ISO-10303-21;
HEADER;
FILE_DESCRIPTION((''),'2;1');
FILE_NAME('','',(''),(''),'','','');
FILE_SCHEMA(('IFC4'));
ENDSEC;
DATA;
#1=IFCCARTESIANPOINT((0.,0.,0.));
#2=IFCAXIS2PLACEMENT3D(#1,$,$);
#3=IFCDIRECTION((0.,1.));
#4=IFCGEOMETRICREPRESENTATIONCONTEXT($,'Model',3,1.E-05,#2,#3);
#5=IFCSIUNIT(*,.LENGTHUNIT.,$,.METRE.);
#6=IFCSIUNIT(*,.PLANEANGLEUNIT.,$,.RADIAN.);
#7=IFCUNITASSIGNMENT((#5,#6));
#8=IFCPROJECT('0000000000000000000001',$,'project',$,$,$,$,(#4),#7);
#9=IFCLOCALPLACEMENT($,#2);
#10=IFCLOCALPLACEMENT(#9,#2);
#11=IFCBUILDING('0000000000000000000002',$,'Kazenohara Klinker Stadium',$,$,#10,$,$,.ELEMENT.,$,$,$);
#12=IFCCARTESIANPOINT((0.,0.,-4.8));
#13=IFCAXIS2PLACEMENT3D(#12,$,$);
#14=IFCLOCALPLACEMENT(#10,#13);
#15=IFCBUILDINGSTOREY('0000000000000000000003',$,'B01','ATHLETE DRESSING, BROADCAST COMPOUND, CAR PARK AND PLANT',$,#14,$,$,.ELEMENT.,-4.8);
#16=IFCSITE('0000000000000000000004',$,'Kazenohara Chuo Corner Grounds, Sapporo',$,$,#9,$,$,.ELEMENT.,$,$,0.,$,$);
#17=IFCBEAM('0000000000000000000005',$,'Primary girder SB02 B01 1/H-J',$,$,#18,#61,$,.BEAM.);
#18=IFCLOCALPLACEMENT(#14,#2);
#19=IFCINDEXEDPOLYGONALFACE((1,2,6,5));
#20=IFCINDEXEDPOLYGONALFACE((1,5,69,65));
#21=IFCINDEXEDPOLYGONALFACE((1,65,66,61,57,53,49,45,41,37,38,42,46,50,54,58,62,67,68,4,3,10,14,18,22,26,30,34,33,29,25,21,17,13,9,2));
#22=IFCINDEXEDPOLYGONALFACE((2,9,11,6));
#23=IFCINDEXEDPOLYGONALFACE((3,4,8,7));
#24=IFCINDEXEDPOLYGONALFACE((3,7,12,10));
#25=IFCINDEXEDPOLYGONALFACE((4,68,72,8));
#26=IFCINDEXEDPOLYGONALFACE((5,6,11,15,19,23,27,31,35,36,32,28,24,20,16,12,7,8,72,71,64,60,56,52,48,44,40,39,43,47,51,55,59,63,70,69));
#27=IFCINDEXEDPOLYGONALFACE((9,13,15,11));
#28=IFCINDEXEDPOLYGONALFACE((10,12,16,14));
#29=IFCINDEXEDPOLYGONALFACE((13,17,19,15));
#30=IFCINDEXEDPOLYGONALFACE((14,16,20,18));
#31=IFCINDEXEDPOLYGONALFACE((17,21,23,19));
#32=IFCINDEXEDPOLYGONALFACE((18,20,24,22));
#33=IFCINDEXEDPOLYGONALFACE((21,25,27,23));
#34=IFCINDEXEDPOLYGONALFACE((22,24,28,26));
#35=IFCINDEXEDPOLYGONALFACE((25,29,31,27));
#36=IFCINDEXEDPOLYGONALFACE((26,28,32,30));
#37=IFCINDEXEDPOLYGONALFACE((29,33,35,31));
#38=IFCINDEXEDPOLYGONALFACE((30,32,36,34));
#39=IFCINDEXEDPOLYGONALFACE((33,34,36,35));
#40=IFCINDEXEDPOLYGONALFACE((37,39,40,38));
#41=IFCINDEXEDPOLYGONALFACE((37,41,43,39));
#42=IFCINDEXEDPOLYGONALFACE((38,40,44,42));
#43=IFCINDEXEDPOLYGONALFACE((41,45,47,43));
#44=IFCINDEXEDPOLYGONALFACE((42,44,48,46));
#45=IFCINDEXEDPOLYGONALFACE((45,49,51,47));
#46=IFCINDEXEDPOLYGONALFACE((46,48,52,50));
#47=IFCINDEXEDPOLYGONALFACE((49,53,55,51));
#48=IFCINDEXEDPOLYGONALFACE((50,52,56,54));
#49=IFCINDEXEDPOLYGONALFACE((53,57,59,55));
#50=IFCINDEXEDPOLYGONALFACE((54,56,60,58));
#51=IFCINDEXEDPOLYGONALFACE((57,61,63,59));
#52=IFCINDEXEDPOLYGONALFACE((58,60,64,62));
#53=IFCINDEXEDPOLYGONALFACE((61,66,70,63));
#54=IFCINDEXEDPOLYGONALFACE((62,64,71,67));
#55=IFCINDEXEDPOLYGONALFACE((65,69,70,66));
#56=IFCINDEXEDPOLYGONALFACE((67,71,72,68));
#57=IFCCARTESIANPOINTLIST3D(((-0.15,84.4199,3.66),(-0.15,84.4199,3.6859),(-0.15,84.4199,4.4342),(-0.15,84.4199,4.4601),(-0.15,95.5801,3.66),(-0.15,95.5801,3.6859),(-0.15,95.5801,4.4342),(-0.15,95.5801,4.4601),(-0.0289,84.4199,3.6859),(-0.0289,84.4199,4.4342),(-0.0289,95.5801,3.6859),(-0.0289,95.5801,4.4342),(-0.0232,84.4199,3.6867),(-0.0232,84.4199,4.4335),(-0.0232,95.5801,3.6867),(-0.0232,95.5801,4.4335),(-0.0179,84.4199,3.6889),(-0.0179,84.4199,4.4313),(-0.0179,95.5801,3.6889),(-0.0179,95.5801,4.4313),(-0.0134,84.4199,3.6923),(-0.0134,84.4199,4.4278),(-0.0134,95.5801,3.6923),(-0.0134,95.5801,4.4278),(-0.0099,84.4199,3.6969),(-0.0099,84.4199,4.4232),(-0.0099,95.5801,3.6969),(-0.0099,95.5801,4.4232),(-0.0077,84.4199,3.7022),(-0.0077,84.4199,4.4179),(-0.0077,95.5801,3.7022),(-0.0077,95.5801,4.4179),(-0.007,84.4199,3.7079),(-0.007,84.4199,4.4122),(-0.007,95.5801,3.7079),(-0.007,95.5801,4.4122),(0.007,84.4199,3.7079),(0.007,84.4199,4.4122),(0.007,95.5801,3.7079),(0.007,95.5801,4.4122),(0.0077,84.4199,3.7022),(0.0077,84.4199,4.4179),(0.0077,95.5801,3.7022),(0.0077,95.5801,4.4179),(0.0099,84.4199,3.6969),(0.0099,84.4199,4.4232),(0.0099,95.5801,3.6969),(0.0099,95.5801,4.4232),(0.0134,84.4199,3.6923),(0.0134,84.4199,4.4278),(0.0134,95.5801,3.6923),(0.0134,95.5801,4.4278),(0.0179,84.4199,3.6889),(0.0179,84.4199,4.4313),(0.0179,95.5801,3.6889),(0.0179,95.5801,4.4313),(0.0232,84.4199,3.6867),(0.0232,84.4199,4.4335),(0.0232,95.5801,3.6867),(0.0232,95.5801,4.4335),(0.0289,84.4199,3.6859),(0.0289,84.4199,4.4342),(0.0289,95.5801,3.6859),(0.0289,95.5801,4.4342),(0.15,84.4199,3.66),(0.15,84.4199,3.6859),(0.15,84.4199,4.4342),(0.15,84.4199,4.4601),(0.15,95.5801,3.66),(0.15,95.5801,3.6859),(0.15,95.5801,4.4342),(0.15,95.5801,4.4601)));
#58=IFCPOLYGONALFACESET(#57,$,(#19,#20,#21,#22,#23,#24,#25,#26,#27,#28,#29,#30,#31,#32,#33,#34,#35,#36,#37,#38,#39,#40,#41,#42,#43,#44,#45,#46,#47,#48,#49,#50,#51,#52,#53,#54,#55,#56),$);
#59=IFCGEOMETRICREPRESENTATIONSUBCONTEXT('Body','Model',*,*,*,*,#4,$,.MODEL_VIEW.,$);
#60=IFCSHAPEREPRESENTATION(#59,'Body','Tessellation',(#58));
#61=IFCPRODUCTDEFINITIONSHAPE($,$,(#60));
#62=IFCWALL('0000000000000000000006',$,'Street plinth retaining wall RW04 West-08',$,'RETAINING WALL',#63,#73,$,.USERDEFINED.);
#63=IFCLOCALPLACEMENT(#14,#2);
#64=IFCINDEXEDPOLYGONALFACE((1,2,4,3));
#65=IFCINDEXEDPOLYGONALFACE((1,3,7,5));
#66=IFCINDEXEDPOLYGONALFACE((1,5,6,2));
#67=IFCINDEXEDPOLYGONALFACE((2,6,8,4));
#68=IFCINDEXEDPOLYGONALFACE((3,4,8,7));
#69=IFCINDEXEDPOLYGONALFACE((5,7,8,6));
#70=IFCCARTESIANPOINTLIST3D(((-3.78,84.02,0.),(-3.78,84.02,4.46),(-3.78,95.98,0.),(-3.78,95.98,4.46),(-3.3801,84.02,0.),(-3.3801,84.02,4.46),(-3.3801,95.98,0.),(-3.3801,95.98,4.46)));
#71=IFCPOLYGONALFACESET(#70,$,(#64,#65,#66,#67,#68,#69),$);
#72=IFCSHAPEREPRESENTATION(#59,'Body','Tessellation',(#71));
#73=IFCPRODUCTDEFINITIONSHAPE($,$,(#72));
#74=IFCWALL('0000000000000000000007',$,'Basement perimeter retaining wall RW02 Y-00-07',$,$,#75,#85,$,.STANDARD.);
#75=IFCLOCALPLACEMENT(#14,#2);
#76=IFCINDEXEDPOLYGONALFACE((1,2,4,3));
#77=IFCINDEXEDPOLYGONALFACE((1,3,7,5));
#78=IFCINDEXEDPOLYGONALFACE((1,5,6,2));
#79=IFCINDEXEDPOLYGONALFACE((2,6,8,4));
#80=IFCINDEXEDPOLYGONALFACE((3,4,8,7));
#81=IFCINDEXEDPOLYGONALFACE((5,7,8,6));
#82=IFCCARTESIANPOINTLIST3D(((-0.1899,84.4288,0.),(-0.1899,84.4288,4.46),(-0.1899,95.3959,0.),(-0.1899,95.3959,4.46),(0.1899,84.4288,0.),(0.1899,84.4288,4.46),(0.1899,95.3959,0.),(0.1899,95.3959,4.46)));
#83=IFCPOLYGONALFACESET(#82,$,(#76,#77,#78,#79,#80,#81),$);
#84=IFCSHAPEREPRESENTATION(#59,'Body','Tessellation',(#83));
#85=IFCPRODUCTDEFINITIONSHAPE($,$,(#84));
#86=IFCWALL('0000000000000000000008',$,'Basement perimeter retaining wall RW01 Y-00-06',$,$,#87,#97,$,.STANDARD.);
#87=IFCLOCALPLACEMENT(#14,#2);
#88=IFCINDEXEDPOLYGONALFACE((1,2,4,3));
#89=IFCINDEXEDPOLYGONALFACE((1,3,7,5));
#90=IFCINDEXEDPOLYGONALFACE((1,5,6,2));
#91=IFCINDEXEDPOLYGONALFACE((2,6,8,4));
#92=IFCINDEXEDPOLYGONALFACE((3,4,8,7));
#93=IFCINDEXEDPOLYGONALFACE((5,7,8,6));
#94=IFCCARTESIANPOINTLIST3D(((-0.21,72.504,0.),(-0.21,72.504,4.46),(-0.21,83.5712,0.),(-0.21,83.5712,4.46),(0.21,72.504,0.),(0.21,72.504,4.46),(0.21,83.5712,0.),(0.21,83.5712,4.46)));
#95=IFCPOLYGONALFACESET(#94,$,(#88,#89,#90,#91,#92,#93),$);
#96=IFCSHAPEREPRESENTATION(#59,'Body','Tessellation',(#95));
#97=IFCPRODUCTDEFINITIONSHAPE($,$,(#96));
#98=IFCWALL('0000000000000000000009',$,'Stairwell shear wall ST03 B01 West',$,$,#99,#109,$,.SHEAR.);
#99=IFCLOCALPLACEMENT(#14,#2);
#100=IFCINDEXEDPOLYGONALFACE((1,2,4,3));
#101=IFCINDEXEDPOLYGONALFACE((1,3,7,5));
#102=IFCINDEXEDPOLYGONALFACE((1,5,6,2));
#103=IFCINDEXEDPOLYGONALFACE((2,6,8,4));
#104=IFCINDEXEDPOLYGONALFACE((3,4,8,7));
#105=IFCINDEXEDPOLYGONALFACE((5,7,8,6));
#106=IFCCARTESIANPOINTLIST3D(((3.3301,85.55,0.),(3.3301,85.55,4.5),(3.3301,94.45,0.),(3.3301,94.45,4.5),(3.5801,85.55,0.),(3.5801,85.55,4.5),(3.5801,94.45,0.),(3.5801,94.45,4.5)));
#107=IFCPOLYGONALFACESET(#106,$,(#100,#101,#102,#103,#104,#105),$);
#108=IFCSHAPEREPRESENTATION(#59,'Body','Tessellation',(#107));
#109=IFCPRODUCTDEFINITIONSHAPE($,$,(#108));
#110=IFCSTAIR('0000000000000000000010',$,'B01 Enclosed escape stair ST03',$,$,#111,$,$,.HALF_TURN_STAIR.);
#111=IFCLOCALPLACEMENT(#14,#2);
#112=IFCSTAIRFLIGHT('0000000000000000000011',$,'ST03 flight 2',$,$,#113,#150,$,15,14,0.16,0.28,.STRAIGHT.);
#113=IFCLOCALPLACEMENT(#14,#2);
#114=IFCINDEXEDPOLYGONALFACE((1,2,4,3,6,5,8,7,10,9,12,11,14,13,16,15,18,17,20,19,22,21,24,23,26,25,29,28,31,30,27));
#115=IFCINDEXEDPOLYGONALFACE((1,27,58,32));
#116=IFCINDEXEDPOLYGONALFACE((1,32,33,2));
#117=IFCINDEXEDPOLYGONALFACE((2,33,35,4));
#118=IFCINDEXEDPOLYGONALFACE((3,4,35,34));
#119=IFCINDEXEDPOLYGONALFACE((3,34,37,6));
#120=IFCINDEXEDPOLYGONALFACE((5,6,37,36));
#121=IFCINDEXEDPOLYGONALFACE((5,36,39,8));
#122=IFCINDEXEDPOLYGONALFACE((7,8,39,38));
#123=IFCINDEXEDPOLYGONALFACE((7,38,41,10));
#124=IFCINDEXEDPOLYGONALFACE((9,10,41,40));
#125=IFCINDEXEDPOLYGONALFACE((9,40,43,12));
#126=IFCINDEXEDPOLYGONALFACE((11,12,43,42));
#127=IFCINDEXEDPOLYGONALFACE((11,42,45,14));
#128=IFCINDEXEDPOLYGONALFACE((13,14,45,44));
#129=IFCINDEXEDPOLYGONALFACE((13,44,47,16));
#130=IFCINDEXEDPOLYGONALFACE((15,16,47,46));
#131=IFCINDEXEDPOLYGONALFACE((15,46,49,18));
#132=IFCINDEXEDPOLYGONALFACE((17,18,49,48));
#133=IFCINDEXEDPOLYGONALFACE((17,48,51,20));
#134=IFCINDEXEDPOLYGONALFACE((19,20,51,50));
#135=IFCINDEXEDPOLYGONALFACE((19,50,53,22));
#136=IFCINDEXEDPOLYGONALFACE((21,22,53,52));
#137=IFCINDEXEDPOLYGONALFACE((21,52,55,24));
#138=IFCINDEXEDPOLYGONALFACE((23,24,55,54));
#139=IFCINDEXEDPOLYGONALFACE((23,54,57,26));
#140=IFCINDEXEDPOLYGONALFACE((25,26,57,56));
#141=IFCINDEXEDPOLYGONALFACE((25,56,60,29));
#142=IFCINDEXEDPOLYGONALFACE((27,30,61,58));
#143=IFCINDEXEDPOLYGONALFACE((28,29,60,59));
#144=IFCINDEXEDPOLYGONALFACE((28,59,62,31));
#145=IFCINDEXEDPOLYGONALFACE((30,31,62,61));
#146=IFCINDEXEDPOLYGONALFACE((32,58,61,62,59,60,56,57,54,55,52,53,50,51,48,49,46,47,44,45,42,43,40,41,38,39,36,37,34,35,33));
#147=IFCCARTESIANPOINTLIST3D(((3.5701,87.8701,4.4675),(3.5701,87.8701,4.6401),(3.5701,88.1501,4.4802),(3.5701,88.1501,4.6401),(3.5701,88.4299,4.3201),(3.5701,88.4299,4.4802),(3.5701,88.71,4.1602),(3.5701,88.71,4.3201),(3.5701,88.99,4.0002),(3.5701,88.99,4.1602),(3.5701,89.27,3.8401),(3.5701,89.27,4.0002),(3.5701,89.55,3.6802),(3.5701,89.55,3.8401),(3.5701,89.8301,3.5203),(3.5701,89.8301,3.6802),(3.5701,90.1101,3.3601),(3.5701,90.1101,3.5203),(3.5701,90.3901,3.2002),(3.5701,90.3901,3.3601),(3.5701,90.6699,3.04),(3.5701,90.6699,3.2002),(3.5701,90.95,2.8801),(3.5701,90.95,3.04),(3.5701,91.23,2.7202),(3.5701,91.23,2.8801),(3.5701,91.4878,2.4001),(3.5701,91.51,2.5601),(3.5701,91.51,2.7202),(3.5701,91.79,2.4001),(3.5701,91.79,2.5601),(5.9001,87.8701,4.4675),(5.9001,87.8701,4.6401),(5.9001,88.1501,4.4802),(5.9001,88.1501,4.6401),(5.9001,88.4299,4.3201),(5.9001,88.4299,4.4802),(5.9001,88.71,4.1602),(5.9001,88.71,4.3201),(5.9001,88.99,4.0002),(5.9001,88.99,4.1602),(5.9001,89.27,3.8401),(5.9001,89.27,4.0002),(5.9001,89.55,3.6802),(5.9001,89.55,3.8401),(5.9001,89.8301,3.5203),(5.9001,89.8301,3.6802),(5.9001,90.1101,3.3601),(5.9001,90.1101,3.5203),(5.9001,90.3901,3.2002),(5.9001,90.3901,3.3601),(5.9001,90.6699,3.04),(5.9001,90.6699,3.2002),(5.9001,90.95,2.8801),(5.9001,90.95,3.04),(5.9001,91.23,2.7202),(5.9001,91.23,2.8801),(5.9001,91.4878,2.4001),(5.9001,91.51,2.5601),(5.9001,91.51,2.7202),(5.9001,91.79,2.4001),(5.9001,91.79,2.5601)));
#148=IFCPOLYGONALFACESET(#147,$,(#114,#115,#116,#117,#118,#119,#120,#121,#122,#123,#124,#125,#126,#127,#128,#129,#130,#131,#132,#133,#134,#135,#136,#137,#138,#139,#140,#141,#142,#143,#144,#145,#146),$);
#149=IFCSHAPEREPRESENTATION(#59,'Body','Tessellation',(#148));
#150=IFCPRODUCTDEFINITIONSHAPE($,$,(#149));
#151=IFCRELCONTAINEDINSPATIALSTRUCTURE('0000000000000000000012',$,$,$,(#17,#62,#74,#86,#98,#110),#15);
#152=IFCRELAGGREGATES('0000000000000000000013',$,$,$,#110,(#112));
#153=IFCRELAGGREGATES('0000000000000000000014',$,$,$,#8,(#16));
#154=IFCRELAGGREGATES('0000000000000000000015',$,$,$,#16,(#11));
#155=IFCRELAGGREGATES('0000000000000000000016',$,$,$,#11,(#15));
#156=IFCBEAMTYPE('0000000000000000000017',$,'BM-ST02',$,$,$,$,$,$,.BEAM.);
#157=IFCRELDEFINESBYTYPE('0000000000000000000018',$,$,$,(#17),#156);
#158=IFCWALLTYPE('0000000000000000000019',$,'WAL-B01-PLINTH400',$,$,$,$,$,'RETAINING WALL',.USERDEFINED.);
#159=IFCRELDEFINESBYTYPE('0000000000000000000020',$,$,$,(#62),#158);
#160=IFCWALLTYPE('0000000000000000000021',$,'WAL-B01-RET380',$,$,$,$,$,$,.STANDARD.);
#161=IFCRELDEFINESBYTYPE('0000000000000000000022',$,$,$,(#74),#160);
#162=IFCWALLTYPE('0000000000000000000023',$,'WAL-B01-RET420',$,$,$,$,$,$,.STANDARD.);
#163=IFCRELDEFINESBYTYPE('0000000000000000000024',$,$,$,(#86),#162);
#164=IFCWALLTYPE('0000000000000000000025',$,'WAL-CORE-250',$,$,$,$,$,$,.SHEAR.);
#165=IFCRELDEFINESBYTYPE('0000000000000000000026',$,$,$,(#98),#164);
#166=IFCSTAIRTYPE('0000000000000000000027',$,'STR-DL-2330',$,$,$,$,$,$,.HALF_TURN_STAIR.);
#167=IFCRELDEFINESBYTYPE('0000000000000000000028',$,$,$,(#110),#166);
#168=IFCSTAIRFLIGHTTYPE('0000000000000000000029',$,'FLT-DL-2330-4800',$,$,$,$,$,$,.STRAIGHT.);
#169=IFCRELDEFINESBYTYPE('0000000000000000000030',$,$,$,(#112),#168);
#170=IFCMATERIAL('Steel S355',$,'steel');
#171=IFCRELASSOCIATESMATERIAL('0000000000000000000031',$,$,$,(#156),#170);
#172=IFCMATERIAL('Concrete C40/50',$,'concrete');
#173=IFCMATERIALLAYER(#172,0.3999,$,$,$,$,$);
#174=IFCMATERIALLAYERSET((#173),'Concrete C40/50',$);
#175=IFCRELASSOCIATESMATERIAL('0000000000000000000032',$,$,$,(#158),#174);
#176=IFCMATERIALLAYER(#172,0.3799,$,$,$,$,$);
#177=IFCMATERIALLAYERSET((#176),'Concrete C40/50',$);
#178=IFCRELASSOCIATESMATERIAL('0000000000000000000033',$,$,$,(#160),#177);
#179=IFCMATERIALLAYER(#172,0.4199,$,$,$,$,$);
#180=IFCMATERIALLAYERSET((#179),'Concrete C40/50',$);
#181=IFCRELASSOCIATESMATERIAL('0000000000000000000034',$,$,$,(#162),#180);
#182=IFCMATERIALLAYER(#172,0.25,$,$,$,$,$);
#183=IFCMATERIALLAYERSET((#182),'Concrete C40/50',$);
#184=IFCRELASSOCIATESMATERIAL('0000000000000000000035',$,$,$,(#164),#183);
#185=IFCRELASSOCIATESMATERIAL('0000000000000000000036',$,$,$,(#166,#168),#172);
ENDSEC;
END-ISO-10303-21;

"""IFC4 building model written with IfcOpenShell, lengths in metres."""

from ifc_helpers import new_model, si_unit, direction, frame, frame_2d, origin, origin_2d, place, context, subcontext, project, spatial, polyline, rectangle, i_section, outline, extrude, material, layer, layer_set, material_profile, profile_set, type_object, element, aggregate, save


model = new_model("IFC4")

# Units and contexts
model_context = context("Model", 3, precision=1e-05, world=origin(), true_north=direction((0.0, 1.0)))
body_context = subcontext(model_context, "Body", "Model", "MODEL_VIEW")
ifc_project = project(units=[si_unit("LENGTHUNIT", "METRE"), si_unit("PLANEANGLEUNIT", "RADIAN")], contexts=[model_context])

# Site, building, storey
site_placement = place(None, origin())
site = spatial("IfcSite", under=ifc_project, at=site_placement, Name="Kazenohara Chuo Corner Grounds, Sapporo", CompositionType="ELEMENT", RefElevation=0.0)
building_placement = place(site_placement, origin())
building = spatial("IfcBuilding", under=site, at=building_placement, Name="Kazenohara Klinker Stadium", CompositionType="ELEMENT")
storey_placement = place(building_placement, frame((0.0, 0.0, -4.8)))
storey = spatial("IfcBuildingStorey", under=building, at=storey_placement, Name="B01", Description="ATHLETE DRESSING, BROADCAST COMPOUND, CAR PARK AND PLANT", CompositionType="ELEMENT", Elevation=-4.8)

# Shared definitions
ifc_material_1 = material(Name="Concrete C40/50", Category="concrete")

# Beam
ifc_material_2 = material(Name="Steel S355", Category="steel")
ifc_material_profile_1 = material_profile(ifc_material_2, i_section(OverallWidth=0.3, OverallDepth=0.8, WebThickness=0.0139, FlangeThickness=0.0259, FilletRadius=0.022, at=origin_2d()), Name="H-800x300x14x26")
ifc_profile_set_1 = profile_set([ifc_material_profile_1], Name="Steel S355")
beam_type_1 = type_object("IfcBeamType", Name="BM-ST02", PredefinedType="BEAM", material=ifc_profile_set_1)
for number, where, z_axis, x_axis, name in (
    (1, (0.0, 84.4199, 4.0601), (0.0, 1.0, 0.0), (-1.0, 0.0, 0.0), "Primary girder SB02 B01 1/H-J"),
):
    element("IfcBeam", number, at=place(storey_placement, frame(where, z_axis=z_axis, x_axis=x_axis)), inside=storey, type_object=beam_type_1, Name=name, PredefinedType="BEAM", context=body_context, shape_type="SweptSolid", body=[
        extrude(i_section(OverallWidth=0.3, OverallDepth=0.8, WebThickness=0.0139, FlangeThickness=0.0259, FilletRadius=0.022, at=origin_2d()), origin(), (0.0, 0.0, 1.0), 11.1602),
    ])

# Walls
ifc_layer_1 = layer(ifc_material_1, 0.3999)
ifc_layer_set_1 = layer_set([ifc_layer_1], Name="Concrete C40/50")
wall_type_1 = type_object("IfcWallType", Name="WAL-B01-PLINTH400", ElementType="RETAINING WALL", PredefinedType="USERDEFINED", material=ifc_layer_set_1)
wall_1_placement = place(storey_placement, frame((-3.5801, 84.02, 0.0), z_axis=(0.0, 0.0, 1.0), x_axis=(0.0, 1.0, 0.0)))
element("IfcWall", 2, at=wall_1_placement, inside=storey, type_object=wall_type_1, Name="Street plinth retaining wall RW04 West-08", ObjectType="RETAINING WALL", PredefinedType="USERDEFINED", context=body_context, shape_type="SweptSolid", body=[
    extrude(rectangle(XDim=11.96, YDim=0.3999, at=frame_2d((5.98, 0.0))), origin(), (0.0, 0.0, 1.0), 4.46),
])
ifc_layer_2 = layer(ifc_material_1, 0.3799)
ifc_layer_set_2 = layer_set([ifc_layer_2], Name="Concrete C40/50")
wall_type_2 = type_object("IfcWallType", Name="WAL-B01-RET380", PredefinedType="STANDARD", material=ifc_layer_set_2)
wall_2_placement = place(storey_placement, frame((0.0, 84.429, 0.0), z_axis=(0.0, 0.0, 1.0), x_axis=(0.0, 1.0, 0.0)))
element("IfcWall", 3, at=wall_2_placement, inside=storey, type_object=wall_type_2, Name="Basement perimeter retaining wall RW02 Y-00-07", PredefinedType="STANDARD", context=body_context, shape_type="SweptSolid", body=[
    extrude(rectangle(XDim=10.967, YDim=0.3799, at=frame_2d((5.4834, 0.0))), origin(), (0.0, 0.0, 1.0), 4.46),
])
ifc_layer_3 = layer(ifc_material_1, 0.4199)
ifc_layer_set_3 = layer_set([ifc_layer_3], Name="Concrete C40/50")
wall_type_3 = type_object("IfcWallType", Name="WAL-B01-RET420", PredefinedType="STANDARD", material=ifc_layer_set_3)
wall_3_placement = place(storey_placement, frame((0.0, 72.5039, 0.0), z_axis=(0.0, 0.0, 1.0), x_axis=(0.0, 1.0, 0.0)))
element("IfcWall", 4, at=wall_3_placement, inside=storey, type_object=wall_type_3, Name="Basement perimeter retaining wall RW01 Y-00-06", PredefinedType="STANDARD", context=body_context, shape_type="SweptSolid", body=[
    extrude(rectangle(XDim=11.0671, YDim=0.4199, at=frame_2d((5.5337, 0.0))), origin(), (0.0, 0.0, 1.0), 4.46),
])

# Shared definitions
ifc_layer_4 = layer(ifc_material_1, 0.25)
ifc_layer_set_4 = layer_set([ifc_layer_4], Name="Concrete C40/50")
wall_type_4 = type_object("IfcWallType", Name="WAL-CORE-250", PredefinedType="SHEAR", material=ifc_layer_set_4)

# Wall
wall_4_placement = place(storey_placement, frame((3.4551, 85.55, 0.0), z_axis=(0.0, 0.0, 1.0), x_axis=(0.0, 1.0, 0.0)))
element("IfcWall", 5, at=wall_4_placement, inside=storey, type_object=wall_type_4, Name="Stairwell shear wall ST03 B01 West", PredefinedType="SHEAR", context=body_context, shape_type="SweptSolid", body=[
    extrude(rectangle(XDim=8.8999, YDim=0.25, at=frame_2d((4.45, 0.0))), origin(), (0.0, 0.0, 1.0), 4.5),
])

# Stair, stair flight
stair_type = type_object("IfcStairType", Name="STR-DL-2330", PredefinedType="HALF_TURN_STAIR", material=ifc_material_1)
stair_placement = place(storey_placement, origin())
stair = element("IfcStair", 6, at=stair_placement, inside=storey, type_object=stair_type, Name="B01 Enclosed escape stair ST03", PredefinedType="HALF_TURN_STAIR")
stair_flight_type = type_object("IfcStairFlightType", Name="FLT-DL-2330-4800", PredefinedType="STRAIGHT", material=ifc_material_1)
stair_flight_placement = place(storey_placement, frame((4.7351, 91.79, 2.4001), z_axis=(0.0, 0.0, 1.0), x_axis=(0.0, -1.0, 0.0)))
stair_flight = element("IfcStairFlight", 7, at=stair_flight_placement, type_object=stair_flight_type, Name="ST03 flight 2", NumberOfRisers=15, NumberOfTreads=14, PredefinedType="STRAIGHT", RiserHeight=0.16, TreadLength=0.28, context=body_context, shape_type="SweptSolid", body=[
    extrude(outline(polyline([(0.0, 0.0), (0.0, 0.1599), (0.28, 0.1599), (0.28, 0.3201), (0.5601, 0.3201), (0.5601, 0.48), (0.8401, 0.48), (0.8401, 0.6399), (1.1201, 0.6399), (1.1201, 0.8), (1.3999, 0.8), (1.3999, 0.96), (1.6799, 0.96), (1.6799, 1.1201), (1.96, 1.1201), (1.96, 1.28), (2.24, 1.28), (2.24, 1.4399), (2.52, 1.4399), (2.52, 1.6001), (2.8, 1.6001), (2.8, 1.76), (3.0801, 1.76), (3.0801, 1.9199), (3.3601, 1.9199), (3.3601, 2.0801), (3.6399, 2.0801), (3.6399, 2.24), (3.9199, 2.24), (3.9199, 2.3999), (3.9199, 2.0674), (0.3022, 0.0), (0.0, 0.0)])), frame((0.0, 1.165, 0.0), z_axis=(0.0, -1.0, 0.0), x_axis=(1.0, 0.0, 0.0)), (0.0, 0.0, 1.0), 2.3301),
])
aggregate(stair, [stair_flight])

save(model, "model.ifc")
